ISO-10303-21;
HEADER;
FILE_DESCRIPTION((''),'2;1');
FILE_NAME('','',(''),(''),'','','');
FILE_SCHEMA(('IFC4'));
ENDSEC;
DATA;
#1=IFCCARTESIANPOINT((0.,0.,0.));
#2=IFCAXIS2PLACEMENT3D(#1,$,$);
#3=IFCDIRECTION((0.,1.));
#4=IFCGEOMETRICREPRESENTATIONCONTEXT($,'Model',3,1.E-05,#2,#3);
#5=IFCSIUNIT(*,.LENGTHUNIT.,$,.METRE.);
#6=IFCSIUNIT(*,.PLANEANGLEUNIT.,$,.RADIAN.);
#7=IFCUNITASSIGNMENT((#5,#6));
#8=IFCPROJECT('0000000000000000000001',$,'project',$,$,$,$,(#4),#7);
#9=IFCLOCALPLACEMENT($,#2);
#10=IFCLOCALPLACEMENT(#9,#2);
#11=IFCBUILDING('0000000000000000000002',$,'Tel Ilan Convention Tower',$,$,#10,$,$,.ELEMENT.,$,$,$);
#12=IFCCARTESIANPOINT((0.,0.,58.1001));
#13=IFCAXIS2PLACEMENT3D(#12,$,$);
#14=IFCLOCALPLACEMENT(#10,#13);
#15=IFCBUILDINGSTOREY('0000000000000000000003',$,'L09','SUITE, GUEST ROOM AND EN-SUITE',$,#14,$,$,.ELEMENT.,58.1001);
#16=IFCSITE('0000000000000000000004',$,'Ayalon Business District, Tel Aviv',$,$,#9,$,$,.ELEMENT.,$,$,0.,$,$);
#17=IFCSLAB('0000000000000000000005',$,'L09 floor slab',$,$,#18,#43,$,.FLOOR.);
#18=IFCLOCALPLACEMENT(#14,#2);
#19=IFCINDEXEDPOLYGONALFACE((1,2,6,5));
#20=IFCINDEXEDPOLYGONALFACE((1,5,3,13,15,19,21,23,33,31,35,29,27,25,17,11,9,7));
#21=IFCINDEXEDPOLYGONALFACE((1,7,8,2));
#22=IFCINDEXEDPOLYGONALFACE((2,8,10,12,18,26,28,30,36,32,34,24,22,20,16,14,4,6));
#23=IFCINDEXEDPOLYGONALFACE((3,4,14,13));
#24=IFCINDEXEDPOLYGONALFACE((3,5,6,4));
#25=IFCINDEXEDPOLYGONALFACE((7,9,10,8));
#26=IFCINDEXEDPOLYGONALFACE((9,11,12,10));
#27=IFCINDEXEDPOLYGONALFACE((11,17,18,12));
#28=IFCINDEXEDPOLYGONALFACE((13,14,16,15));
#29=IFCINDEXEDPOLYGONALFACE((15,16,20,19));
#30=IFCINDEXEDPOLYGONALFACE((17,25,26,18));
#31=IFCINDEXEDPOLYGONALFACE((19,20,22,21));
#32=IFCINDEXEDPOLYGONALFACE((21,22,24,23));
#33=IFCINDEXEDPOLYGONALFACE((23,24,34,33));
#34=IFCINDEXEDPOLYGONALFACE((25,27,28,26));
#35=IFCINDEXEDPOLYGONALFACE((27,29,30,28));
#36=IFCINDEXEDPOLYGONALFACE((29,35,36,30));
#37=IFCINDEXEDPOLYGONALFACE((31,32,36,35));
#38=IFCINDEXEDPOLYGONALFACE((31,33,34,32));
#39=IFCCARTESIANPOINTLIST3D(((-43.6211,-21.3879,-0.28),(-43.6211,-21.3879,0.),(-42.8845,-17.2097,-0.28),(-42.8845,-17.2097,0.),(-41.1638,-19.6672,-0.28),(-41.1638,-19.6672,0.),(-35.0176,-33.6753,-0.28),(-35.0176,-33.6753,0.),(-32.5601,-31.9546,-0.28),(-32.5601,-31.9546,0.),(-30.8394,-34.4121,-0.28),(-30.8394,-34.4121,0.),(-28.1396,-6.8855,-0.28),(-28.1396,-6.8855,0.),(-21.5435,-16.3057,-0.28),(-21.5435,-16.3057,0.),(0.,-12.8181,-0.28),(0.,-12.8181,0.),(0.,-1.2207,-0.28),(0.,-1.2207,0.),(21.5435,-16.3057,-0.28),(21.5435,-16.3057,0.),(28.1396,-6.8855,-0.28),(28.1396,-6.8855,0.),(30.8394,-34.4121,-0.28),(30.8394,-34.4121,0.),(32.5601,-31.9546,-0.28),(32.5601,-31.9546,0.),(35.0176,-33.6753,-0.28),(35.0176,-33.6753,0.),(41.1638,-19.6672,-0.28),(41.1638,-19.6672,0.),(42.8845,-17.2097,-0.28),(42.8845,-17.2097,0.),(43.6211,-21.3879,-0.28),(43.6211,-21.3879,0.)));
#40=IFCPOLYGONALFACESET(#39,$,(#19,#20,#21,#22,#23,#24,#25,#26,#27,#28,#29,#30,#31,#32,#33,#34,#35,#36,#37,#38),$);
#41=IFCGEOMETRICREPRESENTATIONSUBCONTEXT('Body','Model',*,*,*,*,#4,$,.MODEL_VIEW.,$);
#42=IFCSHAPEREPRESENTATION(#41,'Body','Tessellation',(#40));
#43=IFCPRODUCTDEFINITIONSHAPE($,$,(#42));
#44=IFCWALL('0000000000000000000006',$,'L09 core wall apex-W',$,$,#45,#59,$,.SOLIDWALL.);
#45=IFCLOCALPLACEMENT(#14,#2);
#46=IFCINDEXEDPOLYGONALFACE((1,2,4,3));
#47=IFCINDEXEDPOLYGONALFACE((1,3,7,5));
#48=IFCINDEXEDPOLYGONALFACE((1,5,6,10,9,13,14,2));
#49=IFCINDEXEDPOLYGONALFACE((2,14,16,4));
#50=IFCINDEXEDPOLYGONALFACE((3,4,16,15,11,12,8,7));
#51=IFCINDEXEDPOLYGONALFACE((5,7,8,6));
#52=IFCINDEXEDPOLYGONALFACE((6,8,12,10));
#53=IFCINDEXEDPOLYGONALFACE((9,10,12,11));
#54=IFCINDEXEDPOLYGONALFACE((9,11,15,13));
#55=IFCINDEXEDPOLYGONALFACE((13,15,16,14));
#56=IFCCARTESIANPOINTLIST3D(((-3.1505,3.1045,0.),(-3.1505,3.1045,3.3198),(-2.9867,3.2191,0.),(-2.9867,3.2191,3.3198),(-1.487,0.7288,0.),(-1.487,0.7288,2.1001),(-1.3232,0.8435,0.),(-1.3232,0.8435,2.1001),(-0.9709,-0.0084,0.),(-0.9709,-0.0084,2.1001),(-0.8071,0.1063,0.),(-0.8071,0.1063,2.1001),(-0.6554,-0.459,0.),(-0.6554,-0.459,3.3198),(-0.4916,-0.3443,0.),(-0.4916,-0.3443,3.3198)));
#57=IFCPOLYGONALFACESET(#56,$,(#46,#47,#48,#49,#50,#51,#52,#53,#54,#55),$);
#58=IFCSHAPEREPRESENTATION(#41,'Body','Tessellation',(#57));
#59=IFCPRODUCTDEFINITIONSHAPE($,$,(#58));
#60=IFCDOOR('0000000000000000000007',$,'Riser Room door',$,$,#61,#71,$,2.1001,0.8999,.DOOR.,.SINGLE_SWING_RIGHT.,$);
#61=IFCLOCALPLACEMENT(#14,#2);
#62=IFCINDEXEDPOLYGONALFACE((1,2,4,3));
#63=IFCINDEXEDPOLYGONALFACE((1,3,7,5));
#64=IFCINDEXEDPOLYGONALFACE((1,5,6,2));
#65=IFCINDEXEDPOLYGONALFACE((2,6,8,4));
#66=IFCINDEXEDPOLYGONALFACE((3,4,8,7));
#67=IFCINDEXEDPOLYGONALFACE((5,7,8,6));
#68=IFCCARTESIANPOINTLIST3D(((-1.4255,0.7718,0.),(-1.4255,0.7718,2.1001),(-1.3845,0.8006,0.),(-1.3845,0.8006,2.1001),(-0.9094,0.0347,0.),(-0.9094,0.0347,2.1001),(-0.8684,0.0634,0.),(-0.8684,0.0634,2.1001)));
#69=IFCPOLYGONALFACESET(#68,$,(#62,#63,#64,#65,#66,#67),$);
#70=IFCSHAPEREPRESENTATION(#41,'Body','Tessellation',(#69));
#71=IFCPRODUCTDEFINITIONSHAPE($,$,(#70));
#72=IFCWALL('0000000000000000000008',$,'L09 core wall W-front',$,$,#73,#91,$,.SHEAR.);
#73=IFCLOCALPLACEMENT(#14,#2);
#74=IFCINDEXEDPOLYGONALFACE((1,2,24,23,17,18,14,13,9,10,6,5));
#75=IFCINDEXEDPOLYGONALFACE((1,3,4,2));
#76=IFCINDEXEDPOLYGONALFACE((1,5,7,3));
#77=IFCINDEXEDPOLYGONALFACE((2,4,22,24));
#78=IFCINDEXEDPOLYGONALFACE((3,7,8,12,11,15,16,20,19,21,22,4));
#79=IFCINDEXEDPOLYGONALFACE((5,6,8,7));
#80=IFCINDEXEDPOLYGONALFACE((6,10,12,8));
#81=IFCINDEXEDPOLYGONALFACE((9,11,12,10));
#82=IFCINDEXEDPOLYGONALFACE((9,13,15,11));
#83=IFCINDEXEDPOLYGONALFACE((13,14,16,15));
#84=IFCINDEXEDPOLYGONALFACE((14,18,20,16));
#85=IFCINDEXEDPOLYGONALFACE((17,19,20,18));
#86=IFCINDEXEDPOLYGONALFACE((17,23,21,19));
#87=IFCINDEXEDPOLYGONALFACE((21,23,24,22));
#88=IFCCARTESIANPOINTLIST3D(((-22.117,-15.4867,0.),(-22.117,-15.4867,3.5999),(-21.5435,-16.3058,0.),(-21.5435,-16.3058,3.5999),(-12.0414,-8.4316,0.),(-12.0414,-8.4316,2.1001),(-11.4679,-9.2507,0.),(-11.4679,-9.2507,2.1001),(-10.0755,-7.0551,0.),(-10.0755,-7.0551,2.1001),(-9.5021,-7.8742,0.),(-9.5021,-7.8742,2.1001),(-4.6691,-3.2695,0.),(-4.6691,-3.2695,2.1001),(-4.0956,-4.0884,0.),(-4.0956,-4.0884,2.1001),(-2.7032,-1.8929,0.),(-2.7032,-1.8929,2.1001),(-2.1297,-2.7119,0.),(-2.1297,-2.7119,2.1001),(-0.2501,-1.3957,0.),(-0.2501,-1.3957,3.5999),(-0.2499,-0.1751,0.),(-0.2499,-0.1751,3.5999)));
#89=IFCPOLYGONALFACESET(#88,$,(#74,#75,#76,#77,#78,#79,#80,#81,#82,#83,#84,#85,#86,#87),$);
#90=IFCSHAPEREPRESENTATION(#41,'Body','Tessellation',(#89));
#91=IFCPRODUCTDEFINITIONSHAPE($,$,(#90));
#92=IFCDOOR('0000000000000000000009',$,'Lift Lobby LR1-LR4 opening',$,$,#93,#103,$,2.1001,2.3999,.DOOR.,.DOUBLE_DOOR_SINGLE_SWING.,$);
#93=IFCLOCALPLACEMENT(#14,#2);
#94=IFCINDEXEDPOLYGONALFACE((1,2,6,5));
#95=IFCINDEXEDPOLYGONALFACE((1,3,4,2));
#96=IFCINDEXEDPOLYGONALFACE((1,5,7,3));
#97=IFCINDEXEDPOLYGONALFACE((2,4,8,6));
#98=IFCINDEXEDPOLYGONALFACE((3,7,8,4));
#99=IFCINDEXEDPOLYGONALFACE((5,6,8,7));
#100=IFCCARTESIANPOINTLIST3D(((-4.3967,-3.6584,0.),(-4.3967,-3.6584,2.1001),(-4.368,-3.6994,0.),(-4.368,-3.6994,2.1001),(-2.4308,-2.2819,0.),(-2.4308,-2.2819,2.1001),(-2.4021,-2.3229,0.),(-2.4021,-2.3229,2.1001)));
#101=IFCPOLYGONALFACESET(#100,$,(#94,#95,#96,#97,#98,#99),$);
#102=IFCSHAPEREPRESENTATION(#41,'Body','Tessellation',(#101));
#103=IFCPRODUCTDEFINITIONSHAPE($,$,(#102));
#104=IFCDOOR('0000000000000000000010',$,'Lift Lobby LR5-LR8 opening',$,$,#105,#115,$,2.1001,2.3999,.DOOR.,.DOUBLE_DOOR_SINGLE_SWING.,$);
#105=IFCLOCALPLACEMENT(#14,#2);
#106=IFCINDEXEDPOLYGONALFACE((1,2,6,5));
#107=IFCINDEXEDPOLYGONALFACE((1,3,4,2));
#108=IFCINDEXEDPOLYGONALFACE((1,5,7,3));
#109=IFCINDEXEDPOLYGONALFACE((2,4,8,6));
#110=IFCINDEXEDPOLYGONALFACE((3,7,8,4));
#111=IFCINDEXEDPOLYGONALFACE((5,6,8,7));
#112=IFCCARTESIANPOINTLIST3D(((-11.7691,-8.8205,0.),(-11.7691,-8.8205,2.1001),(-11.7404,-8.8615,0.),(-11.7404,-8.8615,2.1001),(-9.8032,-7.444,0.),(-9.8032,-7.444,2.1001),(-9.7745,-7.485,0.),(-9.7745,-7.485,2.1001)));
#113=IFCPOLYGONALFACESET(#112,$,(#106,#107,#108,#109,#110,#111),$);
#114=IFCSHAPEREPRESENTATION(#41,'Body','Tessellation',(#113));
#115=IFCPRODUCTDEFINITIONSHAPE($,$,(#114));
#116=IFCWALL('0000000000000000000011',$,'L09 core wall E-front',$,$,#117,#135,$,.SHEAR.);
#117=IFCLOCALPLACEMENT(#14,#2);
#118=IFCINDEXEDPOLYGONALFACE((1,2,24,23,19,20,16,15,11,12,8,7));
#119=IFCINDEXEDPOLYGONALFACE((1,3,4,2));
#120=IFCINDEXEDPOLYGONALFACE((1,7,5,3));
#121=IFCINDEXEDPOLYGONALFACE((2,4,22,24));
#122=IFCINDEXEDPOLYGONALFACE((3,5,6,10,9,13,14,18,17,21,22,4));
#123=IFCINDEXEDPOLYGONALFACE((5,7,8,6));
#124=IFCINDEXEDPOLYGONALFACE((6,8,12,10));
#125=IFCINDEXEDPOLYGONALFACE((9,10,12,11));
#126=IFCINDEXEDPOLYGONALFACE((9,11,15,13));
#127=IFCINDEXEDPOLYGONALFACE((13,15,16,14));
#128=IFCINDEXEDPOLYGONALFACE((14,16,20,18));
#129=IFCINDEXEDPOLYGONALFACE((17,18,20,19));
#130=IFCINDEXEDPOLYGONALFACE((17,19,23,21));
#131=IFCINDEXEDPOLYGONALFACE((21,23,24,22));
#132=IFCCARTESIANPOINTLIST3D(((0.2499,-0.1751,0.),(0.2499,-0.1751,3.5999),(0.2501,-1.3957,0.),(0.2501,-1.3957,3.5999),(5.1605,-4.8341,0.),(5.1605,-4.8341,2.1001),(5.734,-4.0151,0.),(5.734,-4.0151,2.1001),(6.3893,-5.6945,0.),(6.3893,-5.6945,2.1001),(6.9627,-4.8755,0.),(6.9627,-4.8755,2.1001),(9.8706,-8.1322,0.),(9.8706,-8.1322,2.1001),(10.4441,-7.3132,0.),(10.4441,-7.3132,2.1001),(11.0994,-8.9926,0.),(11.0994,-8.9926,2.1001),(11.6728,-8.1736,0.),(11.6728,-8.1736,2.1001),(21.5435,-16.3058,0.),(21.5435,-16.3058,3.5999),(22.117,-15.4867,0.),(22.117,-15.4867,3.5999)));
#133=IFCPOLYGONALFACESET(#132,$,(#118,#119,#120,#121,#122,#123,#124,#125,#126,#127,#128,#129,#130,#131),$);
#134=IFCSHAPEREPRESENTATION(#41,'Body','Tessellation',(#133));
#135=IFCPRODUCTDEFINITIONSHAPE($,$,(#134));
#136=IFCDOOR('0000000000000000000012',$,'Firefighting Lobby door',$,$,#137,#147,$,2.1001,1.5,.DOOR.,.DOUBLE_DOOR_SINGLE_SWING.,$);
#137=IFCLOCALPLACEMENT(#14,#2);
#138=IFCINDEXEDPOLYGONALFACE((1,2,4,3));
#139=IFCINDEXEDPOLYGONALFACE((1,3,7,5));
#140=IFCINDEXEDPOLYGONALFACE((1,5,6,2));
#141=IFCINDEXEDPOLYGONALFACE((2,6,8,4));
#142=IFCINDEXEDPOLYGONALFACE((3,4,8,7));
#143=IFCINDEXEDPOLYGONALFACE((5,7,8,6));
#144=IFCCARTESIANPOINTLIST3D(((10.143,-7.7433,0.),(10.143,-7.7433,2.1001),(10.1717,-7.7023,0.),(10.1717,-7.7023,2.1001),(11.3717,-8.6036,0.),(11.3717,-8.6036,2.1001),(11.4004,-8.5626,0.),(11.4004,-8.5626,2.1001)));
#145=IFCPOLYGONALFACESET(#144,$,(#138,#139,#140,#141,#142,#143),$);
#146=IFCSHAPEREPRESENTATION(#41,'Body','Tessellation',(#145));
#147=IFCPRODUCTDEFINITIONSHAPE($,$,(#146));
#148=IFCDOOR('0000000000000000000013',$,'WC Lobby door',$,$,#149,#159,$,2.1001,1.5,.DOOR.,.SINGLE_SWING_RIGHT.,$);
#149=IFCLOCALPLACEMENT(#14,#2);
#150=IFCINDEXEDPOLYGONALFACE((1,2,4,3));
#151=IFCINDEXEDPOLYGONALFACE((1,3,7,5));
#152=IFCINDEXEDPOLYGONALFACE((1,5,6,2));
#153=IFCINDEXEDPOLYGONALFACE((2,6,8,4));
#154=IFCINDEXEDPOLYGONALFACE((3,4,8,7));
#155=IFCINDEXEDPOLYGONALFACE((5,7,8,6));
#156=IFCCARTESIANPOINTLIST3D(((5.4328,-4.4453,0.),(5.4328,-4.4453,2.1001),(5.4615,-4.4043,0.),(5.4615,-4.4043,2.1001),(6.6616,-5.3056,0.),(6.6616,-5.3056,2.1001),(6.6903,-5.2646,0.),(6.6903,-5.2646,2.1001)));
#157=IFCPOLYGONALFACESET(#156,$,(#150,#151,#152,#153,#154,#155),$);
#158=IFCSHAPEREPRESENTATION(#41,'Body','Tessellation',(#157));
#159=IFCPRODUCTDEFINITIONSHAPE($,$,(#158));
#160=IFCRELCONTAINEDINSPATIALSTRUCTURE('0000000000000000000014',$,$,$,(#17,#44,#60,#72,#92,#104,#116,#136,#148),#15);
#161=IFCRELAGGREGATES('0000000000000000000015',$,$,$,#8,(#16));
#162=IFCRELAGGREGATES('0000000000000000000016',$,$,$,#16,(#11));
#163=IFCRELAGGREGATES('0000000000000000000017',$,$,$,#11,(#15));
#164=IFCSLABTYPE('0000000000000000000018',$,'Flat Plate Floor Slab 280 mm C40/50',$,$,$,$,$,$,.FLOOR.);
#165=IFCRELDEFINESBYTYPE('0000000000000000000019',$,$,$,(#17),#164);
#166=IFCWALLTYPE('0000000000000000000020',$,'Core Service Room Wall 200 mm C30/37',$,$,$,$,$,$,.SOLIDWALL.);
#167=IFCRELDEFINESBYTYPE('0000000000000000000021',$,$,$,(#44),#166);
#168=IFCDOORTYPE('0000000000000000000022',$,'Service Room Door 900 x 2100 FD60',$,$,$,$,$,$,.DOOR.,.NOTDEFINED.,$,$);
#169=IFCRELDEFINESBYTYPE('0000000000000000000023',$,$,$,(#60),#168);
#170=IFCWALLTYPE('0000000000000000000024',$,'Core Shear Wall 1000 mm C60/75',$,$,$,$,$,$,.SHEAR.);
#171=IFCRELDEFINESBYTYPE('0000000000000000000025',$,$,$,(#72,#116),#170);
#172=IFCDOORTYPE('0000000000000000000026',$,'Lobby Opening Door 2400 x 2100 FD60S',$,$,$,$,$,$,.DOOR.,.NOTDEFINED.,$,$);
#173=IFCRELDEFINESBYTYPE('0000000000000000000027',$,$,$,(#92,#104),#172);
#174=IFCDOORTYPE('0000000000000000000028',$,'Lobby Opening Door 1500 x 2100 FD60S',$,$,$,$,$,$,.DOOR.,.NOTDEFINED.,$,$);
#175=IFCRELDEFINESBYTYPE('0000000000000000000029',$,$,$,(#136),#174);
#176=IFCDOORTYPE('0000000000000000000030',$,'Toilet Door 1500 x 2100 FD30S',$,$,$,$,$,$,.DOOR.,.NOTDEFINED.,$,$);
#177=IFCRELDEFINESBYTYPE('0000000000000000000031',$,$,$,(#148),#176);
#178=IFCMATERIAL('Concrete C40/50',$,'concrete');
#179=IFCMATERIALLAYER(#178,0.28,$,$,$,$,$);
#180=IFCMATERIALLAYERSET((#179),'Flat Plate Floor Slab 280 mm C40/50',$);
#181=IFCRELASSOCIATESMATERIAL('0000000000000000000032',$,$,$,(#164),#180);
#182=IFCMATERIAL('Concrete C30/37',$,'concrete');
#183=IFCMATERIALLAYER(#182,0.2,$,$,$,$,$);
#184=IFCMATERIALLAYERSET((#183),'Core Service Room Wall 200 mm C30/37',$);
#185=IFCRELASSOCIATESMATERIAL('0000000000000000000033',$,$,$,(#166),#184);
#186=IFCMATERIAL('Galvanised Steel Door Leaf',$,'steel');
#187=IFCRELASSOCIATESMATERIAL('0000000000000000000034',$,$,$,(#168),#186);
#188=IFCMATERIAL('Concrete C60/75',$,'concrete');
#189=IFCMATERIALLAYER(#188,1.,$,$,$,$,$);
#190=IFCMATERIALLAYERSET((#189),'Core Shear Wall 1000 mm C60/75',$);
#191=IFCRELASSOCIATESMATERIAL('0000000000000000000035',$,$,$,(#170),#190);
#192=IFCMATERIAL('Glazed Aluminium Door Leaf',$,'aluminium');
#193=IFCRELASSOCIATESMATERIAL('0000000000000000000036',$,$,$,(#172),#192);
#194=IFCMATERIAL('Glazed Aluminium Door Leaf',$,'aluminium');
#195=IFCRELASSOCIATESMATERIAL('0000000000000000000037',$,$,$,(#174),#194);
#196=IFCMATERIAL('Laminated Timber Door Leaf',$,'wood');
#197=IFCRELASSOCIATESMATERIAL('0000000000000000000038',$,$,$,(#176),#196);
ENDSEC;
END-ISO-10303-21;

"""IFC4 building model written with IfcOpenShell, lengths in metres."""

from ifc_helpers import new_model, si_unit, direction, frame, frame_2d, origin, place, context, subcontext, project, spatial, polyline, rectangle, outline, extrude, material, layer, layer_set, type_object, element, fill, save


model = new_model("IFC4")

# Units and contexts
model_context = context("Model", 3, precision=1e-05, world=origin(), true_north=direction((0.0, 1.0)))
body_context = subcontext(model_context, "Body", "Model", "MODEL_VIEW")
ifc_project = project(units=[si_unit("LENGTHUNIT", "METRE"), si_unit("PLANEANGLEUNIT", "RADIAN")], contexts=[model_context])

# Site, building, storey
site_placement = place(None, origin())
site = spatial("IfcSite", under=ifc_project, at=site_placement, Name="Ayalon Business District, Tel Aviv", CompositionType="ELEMENT", RefElevation=0.0)
building_placement = place(site_placement, origin())
building = spatial("IfcBuilding", under=site, at=building_placement, Name="Tel Ilan Convention Tower", CompositionType="ELEMENT")
storey_placement = place(building_placement, frame((0.0, 0.0, 58.1001)))
storey = spatial("IfcBuildingStorey", under=building, at=storey_placement, Name="L09", Description="SUITE, GUEST ROOM AND EN-SUITE", CompositionType="ELEMENT", Elevation=58.1001)

# Slab
ifc_material_1 = material(Name="Concrete C40/50", Category="concrete")
ifc_layer_1 = layer(ifc_material_1, 0.28)
ifc_layer_set_1 = layer_set([ifc_layer_1], Name="Flat Plate Floor Slab 280 mm C40/50")
slab_type = type_object("IfcSlabType", Name="Flat Plate Floor Slab 280 mm C40/50", PredefinedType="FLOOR", material=ifc_layer_set_1)
slab_placement = place(storey_placement, frame((0.0, 0.0, -0.28)))
element("IfcSlab", 1, at=slab_placement, inside=storey, type_object=slab_type, Name="L09 floor slab", PredefinedType="FLOOR", context=body_context, shape_type="SweptSolid", body=[
    extrude(outline(polyline([(-21.5435, -16.3057), (0.0, -1.2207), (21.5435, -16.3057), (28.1396, -6.8855), (42.8845, -17.2097), (41.1638, -19.6672), (43.6211, -21.3879), (35.0176, -33.6753), (32.5601, -31.9546), (30.8394, -34.4121), (0.0, -12.8181), (-30.8394, -34.4121), (-32.5601, -31.9546), (-35.0176, -33.6753), (-43.6211, -21.3879), (-41.1638, -19.6672), (-42.8845, -17.2097), (-28.1396, -6.8855), (-21.5435, -16.3057)])), origin(), (0.0, 0.0, 1.0), 0.28),
])

# Wall, opening, door
ifc_material_2 = material(Name="Concrete C30/37", Category="concrete")
ifc_layer_2 = layer(ifc_material_2, 0.2)
ifc_layer_set_2 = layer_set([ifc_layer_2], Name="Core Service Room Wall 200 mm C30/37")
wall_type_1 = type_object("IfcWallType", Name="Core Service Room Wall 200 mm C30/37", PredefinedType="SOLIDWALL", material=ifc_layer_set_2)
wall_1_placement = place(storey_placement, frame((-0.5735, -0.4016, 0.0), z_axis=(0.0, 0.0, 1.0), x_axis=(-0.573568, 0.819158, 0.0)))
wall_1 = element("IfcWall", 2, at=wall_1_placement, inside=storey, type_object=wall_type_1, Name="L09 core wall apex-W", PredefinedType="SOLIDWALL", context=body_context, shape_type="SweptSolid", body=[
    extrude(rectangle(XDim=4.3501, YDim=0.2, at=frame_2d((2.175, 0.0))), origin(), (0.0, 0.0, 1.0), 3.3198),
])
opening_1_placement = place(wall_1_placement, frame((0.55, 0.0, 0.0)))
opening_1 = element("IfcOpeningElement", 3, at=opening_1_placement, cuts=wall_1, PredefinedType="OPENING", context=body_context, shape_type="SweptSolid", body=[
    extrude(rectangle(XDim=0.8999, YDim=2.1001, at=frame_2d((0.45, 1.05))), frame((0.0, 0.1099, 0.0), z_axis=(0.0, -1.0, 0.0), x_axis=(1.0, 0.0, 0.0)), (0.0, 0.0, 1.0), 0.22),
])
ifc_material_3 = material(Name="Galvanised Steel Door Leaf", Category="steel")
door_type_1 = type_object("IfcDoorType", Name="Service Room Door 900 x 2100 FD60", OperationType="NOTDEFINED", PredefinedType="DOOR", material=ifc_material_3)
door_1_placement = place(opening_1_placement, origin())
door_1 = element("IfcDoor", 4, at=door_1_placement, inside=storey, type_object=door_type_1, Name="Riser Room door", OperationType="SINGLE_SWING_RIGHT", OverallHeight=2.1001, OverallWidth=0.8999, PredefinedType="DOOR", context=body_context, shape_type="SweptSolid", body=[
    extrude(rectangle(XDim=0.8999, YDim=2.1001, at=frame_2d((0.45, 1.05))), frame((0.0, 0.0249, 0.0), z_axis=(0.0, -1.0, 0.0), x_axis=(1.0, 0.0, 0.0)), (0.0, 0.0, 1.0), 0.05),
])
fill(opening_1, door_1)

# Walls, openings, doors
ifc_material_4 = material(Name="Concrete C60/75", Category="concrete")
ifc_layer_3 = layer(ifc_material_4, 1.0)
ifc_layer_set_3 = layer_set([ifc_layer_3], Name="Core Shear Wall 1000 mm C60/75")
wall_type_2 = type_object("IfcWallType", Name="Core Shear Wall 1000 mm C60/75", PredefinedType="SHEAR", material=ifc_layer_set_3)
wall_2_placement = place(storey_placement, frame((0.0369, -0.5847, 0.0), z_axis=(0.0, 0.0, 1.0), x_axis=(-0.819157, -0.573569, 0.0)))
wall_2 = element("IfcWall", 5, at=wall_2_placement, inside=storey, type_object=wall_type_2, Name="L09 core wall W-front", PredefinedType="SHEAR", context=body_context, shape_type="SweptSolid", body=[
    extrude(outline(polyline([(26.6948, 0.5002), (0.7002, 0.4998), (0.0, -0.5), (26.6948, -0.4998), (26.6948, 0.5002)])), origin(), (0.0, 0.0, 1.0), 3.5999),
])
opening_2_placement = place(wall_2_placement, frame((2.9949, 0.0, 0.0)))
opening_2 = element("IfcOpeningElement", 6, at=opening_2_placement, cuts=wall_2, PredefinedType="OPENING", context=body_context, shape_type="SweptSolid", body=[
    extrude(rectangle(XDim=2.3999, YDim=2.1001, at=frame_2d((1.2, 1.05))), frame((0.0, 0.51, 0.0), z_axis=(0.0, -1.0, 0.0), x_axis=(1.0, 0.0, 0.0)), (0.0, 0.0, 1.0), 1.02),
])
opening_3_placement = place(wall_2_placement, frame((11.9949, 0.0, 0.0)))
opening_3 = element("IfcOpeningElement", 7, at=opening_3_placement, cuts=wall_2, PredefinedType="OPENING", context=body_context, shape_type="SweptSolid", body=[
    extrude(rectangle(XDim=2.3999, YDim=2.1001, at=frame_2d((1.2, 1.05))), frame((0.0, 0.51, 0.0), z_axis=(0.0, -1.0, 0.0), x_axis=(1.0, 0.0, 0.0)), (0.0, 0.0, 1.0), 1.02),
])
ifc_material_5 = material(Name="Glazed Aluminium Door Leaf", Category="aluminium")
door_type_2 = type_object("IfcDoorType", Name="Lobby Opening Door 2400 x 2100 FD60S", OperationType="NOTDEFINED", PredefinedType="DOOR", material=ifc_material_5)
door_2_placement = place(opening_2_placement, origin())
door_2 = element("IfcDoor", 8, at=door_2_placement, inside=storey, type_object=door_type_2, Name="Lift Lobby LR1-LR4 opening", OperationType="DOUBLE_DOOR_SINGLE_SWING", OverallHeight=2.1001, OverallWidth=2.3999, PredefinedType="DOOR", context=body_context, shape_type="SweptSolid", body=[
    extrude(rectangle(XDim=2.3999, YDim=2.1001, at=frame_2d((1.2, 1.05))), frame((0.0, 0.0249, 0.0), z_axis=(0.0, -1.0, 0.0), x_axis=(1.0, 0.0, 0.0)), (0.0, 0.0, 1.0), 0.05),
])
fill(opening_2, door_2)
door_3_placement = place(opening_3_placement, origin())
door_3 = element("IfcDoor", 9, at=door_3_placement, inside=storey, type_object=door_type_2, Name="Lift Lobby LR5-LR8 opening", OperationType="DOUBLE_DOOR_SINGLE_SWING", OverallHeight=2.1001, OverallWidth=2.3999, PredefinedType="DOOR", context=body_context, shape_type="SweptSolid", body=[
    extrude(rectangle(XDim=2.3999, YDim=2.1001, at=frame_2d((1.2, 1.05))), frame((0.0, 0.0249, 0.0), z_axis=(0.0, -1.0, 0.0), x_axis=(1.0, 0.0, 0.0)), (0.0, 0.0, 1.0), 0.05),
])
fill(opening_3, door_3)
wall_3_placement = place(storey_placement, frame((-0.0369, -0.5847, 0.0), z_axis=(0.0, 0.0, 1.0), x_axis=(0.819157, -0.573569, 0.0)))
wall_3 = element("IfcWall", 10, at=wall_3_placement, inside=storey, type_object=wall_type_2, Name="L09 core wall E-front", PredefinedType="SHEAR", context=body_context, shape_type="SweptSolid", body=[
    extrude(outline(polyline([(26.6948, 0.4998), (0.0, 0.5), (0.7002, -0.4998), (26.6948, -0.5002), (26.6948, 0.4998)])), origin(), (0.0, 0.0, 1.0), 3.5999),
])
opening_4_placement = place(wall_3_placement, frame((6.6948, 0.0, 0.0)))
opening_4 = element("IfcOpeningElement", 11, at=opening_4_placement, cuts=wall_3, PredefinedType="OPENING", context=body_context, shape_type="SweptSolid", body=[
    extrude(rectangle(XDim=1.5, YDim=2.1001, at=frame_2d((0.75, 1.05))), frame((0.0, 0.51, 0.0), z_axis=(0.0, -1.0, 0.0), x_axis=(1.0, 0.0, 0.0)), (0.0, 0.0, 1.0), 1.02),
])
opening_5_placement = place(wall_3_placement, frame((12.4448, 0.0, 0.0)))
opening_5 = element("IfcOpeningElement", 12, at=opening_5_placement, cuts=wall_3, PredefinedType="OPENING", context=body_context, shape_type="SweptSolid", body=[
    extrude(rectangle(XDim=1.5, YDim=2.1001, at=frame_2d((0.75, 1.05))), frame((0.0, 0.51, 0.0), z_axis=(0.0, -1.0, 0.0), x_axis=(1.0, 0.0, 0.0)), (0.0, 0.0, 1.0), 1.02),
])
ifc_material_6 = material(Name="Glazed Aluminium Door Leaf", Category="aluminium")
door_type_3 = type_object("IfcDoorType", Name="Lobby Opening Door 1500 x 2100 FD60S", OperationType="NOTDEFINED", PredefinedType="DOOR", material=ifc_material_6)
door_4_placement = place(opening_5_placement, origin())
door_4 = element("IfcDoor", 13, at=door_4_placement, inside=storey, type_object=door_type_3, Name="Firefighting Lobby door", OperationType="DOUBLE_DOOR_SINGLE_SWING", OverallHeight=2.1001, OverallWidth=1.5, PredefinedType="DOOR", context=body_context, shape_type="SweptSolid", body=[
    extrude(rectangle(XDim=1.5, YDim=2.1001, at=frame_2d((0.75, 1.05))), frame((0.0, 0.0249, 0.0), z_axis=(0.0, -1.0, 0.0), x_axis=(1.0, 0.0, 0.0)), (0.0, 0.0, 1.0), 0.05),
])
fill(opening_5, door_4)
ifc_material_7 = material(Name="Laminated Timber Door Leaf", Category="wood")
door_type_4 = type_object("IfcDoorType", Name="Toilet Door 1500 x 2100 FD30S", OperationType="NOTDEFINED", PredefinedType="DOOR", material=ifc_material_7)
door_5_placement = place(opening_4_placement, origin())
door_5 = element("IfcDoor", 14, at=door_5_placement, inside=storey, type_object=door_type_4, Name="WC Lobby door", OperationType="SINGLE_SWING_RIGHT", OverallHeight=2.1001, OverallWidth=1.5, PredefinedType="DOOR", context=body_context, shape_type="SweptSolid", body=[
    extrude(rectangle(XDim=1.5, YDim=2.1001, at=frame_2d((0.75, 1.05))), frame((0.0, 0.0249, 0.0), z_axis=(0.0, -1.0, 0.0), x_axis=(1.0, 0.0, 0.0)), (0.0, 0.0, 1.0), 0.05),
])
fill(opening_4, door_5)

save(model, "model.ifc")
